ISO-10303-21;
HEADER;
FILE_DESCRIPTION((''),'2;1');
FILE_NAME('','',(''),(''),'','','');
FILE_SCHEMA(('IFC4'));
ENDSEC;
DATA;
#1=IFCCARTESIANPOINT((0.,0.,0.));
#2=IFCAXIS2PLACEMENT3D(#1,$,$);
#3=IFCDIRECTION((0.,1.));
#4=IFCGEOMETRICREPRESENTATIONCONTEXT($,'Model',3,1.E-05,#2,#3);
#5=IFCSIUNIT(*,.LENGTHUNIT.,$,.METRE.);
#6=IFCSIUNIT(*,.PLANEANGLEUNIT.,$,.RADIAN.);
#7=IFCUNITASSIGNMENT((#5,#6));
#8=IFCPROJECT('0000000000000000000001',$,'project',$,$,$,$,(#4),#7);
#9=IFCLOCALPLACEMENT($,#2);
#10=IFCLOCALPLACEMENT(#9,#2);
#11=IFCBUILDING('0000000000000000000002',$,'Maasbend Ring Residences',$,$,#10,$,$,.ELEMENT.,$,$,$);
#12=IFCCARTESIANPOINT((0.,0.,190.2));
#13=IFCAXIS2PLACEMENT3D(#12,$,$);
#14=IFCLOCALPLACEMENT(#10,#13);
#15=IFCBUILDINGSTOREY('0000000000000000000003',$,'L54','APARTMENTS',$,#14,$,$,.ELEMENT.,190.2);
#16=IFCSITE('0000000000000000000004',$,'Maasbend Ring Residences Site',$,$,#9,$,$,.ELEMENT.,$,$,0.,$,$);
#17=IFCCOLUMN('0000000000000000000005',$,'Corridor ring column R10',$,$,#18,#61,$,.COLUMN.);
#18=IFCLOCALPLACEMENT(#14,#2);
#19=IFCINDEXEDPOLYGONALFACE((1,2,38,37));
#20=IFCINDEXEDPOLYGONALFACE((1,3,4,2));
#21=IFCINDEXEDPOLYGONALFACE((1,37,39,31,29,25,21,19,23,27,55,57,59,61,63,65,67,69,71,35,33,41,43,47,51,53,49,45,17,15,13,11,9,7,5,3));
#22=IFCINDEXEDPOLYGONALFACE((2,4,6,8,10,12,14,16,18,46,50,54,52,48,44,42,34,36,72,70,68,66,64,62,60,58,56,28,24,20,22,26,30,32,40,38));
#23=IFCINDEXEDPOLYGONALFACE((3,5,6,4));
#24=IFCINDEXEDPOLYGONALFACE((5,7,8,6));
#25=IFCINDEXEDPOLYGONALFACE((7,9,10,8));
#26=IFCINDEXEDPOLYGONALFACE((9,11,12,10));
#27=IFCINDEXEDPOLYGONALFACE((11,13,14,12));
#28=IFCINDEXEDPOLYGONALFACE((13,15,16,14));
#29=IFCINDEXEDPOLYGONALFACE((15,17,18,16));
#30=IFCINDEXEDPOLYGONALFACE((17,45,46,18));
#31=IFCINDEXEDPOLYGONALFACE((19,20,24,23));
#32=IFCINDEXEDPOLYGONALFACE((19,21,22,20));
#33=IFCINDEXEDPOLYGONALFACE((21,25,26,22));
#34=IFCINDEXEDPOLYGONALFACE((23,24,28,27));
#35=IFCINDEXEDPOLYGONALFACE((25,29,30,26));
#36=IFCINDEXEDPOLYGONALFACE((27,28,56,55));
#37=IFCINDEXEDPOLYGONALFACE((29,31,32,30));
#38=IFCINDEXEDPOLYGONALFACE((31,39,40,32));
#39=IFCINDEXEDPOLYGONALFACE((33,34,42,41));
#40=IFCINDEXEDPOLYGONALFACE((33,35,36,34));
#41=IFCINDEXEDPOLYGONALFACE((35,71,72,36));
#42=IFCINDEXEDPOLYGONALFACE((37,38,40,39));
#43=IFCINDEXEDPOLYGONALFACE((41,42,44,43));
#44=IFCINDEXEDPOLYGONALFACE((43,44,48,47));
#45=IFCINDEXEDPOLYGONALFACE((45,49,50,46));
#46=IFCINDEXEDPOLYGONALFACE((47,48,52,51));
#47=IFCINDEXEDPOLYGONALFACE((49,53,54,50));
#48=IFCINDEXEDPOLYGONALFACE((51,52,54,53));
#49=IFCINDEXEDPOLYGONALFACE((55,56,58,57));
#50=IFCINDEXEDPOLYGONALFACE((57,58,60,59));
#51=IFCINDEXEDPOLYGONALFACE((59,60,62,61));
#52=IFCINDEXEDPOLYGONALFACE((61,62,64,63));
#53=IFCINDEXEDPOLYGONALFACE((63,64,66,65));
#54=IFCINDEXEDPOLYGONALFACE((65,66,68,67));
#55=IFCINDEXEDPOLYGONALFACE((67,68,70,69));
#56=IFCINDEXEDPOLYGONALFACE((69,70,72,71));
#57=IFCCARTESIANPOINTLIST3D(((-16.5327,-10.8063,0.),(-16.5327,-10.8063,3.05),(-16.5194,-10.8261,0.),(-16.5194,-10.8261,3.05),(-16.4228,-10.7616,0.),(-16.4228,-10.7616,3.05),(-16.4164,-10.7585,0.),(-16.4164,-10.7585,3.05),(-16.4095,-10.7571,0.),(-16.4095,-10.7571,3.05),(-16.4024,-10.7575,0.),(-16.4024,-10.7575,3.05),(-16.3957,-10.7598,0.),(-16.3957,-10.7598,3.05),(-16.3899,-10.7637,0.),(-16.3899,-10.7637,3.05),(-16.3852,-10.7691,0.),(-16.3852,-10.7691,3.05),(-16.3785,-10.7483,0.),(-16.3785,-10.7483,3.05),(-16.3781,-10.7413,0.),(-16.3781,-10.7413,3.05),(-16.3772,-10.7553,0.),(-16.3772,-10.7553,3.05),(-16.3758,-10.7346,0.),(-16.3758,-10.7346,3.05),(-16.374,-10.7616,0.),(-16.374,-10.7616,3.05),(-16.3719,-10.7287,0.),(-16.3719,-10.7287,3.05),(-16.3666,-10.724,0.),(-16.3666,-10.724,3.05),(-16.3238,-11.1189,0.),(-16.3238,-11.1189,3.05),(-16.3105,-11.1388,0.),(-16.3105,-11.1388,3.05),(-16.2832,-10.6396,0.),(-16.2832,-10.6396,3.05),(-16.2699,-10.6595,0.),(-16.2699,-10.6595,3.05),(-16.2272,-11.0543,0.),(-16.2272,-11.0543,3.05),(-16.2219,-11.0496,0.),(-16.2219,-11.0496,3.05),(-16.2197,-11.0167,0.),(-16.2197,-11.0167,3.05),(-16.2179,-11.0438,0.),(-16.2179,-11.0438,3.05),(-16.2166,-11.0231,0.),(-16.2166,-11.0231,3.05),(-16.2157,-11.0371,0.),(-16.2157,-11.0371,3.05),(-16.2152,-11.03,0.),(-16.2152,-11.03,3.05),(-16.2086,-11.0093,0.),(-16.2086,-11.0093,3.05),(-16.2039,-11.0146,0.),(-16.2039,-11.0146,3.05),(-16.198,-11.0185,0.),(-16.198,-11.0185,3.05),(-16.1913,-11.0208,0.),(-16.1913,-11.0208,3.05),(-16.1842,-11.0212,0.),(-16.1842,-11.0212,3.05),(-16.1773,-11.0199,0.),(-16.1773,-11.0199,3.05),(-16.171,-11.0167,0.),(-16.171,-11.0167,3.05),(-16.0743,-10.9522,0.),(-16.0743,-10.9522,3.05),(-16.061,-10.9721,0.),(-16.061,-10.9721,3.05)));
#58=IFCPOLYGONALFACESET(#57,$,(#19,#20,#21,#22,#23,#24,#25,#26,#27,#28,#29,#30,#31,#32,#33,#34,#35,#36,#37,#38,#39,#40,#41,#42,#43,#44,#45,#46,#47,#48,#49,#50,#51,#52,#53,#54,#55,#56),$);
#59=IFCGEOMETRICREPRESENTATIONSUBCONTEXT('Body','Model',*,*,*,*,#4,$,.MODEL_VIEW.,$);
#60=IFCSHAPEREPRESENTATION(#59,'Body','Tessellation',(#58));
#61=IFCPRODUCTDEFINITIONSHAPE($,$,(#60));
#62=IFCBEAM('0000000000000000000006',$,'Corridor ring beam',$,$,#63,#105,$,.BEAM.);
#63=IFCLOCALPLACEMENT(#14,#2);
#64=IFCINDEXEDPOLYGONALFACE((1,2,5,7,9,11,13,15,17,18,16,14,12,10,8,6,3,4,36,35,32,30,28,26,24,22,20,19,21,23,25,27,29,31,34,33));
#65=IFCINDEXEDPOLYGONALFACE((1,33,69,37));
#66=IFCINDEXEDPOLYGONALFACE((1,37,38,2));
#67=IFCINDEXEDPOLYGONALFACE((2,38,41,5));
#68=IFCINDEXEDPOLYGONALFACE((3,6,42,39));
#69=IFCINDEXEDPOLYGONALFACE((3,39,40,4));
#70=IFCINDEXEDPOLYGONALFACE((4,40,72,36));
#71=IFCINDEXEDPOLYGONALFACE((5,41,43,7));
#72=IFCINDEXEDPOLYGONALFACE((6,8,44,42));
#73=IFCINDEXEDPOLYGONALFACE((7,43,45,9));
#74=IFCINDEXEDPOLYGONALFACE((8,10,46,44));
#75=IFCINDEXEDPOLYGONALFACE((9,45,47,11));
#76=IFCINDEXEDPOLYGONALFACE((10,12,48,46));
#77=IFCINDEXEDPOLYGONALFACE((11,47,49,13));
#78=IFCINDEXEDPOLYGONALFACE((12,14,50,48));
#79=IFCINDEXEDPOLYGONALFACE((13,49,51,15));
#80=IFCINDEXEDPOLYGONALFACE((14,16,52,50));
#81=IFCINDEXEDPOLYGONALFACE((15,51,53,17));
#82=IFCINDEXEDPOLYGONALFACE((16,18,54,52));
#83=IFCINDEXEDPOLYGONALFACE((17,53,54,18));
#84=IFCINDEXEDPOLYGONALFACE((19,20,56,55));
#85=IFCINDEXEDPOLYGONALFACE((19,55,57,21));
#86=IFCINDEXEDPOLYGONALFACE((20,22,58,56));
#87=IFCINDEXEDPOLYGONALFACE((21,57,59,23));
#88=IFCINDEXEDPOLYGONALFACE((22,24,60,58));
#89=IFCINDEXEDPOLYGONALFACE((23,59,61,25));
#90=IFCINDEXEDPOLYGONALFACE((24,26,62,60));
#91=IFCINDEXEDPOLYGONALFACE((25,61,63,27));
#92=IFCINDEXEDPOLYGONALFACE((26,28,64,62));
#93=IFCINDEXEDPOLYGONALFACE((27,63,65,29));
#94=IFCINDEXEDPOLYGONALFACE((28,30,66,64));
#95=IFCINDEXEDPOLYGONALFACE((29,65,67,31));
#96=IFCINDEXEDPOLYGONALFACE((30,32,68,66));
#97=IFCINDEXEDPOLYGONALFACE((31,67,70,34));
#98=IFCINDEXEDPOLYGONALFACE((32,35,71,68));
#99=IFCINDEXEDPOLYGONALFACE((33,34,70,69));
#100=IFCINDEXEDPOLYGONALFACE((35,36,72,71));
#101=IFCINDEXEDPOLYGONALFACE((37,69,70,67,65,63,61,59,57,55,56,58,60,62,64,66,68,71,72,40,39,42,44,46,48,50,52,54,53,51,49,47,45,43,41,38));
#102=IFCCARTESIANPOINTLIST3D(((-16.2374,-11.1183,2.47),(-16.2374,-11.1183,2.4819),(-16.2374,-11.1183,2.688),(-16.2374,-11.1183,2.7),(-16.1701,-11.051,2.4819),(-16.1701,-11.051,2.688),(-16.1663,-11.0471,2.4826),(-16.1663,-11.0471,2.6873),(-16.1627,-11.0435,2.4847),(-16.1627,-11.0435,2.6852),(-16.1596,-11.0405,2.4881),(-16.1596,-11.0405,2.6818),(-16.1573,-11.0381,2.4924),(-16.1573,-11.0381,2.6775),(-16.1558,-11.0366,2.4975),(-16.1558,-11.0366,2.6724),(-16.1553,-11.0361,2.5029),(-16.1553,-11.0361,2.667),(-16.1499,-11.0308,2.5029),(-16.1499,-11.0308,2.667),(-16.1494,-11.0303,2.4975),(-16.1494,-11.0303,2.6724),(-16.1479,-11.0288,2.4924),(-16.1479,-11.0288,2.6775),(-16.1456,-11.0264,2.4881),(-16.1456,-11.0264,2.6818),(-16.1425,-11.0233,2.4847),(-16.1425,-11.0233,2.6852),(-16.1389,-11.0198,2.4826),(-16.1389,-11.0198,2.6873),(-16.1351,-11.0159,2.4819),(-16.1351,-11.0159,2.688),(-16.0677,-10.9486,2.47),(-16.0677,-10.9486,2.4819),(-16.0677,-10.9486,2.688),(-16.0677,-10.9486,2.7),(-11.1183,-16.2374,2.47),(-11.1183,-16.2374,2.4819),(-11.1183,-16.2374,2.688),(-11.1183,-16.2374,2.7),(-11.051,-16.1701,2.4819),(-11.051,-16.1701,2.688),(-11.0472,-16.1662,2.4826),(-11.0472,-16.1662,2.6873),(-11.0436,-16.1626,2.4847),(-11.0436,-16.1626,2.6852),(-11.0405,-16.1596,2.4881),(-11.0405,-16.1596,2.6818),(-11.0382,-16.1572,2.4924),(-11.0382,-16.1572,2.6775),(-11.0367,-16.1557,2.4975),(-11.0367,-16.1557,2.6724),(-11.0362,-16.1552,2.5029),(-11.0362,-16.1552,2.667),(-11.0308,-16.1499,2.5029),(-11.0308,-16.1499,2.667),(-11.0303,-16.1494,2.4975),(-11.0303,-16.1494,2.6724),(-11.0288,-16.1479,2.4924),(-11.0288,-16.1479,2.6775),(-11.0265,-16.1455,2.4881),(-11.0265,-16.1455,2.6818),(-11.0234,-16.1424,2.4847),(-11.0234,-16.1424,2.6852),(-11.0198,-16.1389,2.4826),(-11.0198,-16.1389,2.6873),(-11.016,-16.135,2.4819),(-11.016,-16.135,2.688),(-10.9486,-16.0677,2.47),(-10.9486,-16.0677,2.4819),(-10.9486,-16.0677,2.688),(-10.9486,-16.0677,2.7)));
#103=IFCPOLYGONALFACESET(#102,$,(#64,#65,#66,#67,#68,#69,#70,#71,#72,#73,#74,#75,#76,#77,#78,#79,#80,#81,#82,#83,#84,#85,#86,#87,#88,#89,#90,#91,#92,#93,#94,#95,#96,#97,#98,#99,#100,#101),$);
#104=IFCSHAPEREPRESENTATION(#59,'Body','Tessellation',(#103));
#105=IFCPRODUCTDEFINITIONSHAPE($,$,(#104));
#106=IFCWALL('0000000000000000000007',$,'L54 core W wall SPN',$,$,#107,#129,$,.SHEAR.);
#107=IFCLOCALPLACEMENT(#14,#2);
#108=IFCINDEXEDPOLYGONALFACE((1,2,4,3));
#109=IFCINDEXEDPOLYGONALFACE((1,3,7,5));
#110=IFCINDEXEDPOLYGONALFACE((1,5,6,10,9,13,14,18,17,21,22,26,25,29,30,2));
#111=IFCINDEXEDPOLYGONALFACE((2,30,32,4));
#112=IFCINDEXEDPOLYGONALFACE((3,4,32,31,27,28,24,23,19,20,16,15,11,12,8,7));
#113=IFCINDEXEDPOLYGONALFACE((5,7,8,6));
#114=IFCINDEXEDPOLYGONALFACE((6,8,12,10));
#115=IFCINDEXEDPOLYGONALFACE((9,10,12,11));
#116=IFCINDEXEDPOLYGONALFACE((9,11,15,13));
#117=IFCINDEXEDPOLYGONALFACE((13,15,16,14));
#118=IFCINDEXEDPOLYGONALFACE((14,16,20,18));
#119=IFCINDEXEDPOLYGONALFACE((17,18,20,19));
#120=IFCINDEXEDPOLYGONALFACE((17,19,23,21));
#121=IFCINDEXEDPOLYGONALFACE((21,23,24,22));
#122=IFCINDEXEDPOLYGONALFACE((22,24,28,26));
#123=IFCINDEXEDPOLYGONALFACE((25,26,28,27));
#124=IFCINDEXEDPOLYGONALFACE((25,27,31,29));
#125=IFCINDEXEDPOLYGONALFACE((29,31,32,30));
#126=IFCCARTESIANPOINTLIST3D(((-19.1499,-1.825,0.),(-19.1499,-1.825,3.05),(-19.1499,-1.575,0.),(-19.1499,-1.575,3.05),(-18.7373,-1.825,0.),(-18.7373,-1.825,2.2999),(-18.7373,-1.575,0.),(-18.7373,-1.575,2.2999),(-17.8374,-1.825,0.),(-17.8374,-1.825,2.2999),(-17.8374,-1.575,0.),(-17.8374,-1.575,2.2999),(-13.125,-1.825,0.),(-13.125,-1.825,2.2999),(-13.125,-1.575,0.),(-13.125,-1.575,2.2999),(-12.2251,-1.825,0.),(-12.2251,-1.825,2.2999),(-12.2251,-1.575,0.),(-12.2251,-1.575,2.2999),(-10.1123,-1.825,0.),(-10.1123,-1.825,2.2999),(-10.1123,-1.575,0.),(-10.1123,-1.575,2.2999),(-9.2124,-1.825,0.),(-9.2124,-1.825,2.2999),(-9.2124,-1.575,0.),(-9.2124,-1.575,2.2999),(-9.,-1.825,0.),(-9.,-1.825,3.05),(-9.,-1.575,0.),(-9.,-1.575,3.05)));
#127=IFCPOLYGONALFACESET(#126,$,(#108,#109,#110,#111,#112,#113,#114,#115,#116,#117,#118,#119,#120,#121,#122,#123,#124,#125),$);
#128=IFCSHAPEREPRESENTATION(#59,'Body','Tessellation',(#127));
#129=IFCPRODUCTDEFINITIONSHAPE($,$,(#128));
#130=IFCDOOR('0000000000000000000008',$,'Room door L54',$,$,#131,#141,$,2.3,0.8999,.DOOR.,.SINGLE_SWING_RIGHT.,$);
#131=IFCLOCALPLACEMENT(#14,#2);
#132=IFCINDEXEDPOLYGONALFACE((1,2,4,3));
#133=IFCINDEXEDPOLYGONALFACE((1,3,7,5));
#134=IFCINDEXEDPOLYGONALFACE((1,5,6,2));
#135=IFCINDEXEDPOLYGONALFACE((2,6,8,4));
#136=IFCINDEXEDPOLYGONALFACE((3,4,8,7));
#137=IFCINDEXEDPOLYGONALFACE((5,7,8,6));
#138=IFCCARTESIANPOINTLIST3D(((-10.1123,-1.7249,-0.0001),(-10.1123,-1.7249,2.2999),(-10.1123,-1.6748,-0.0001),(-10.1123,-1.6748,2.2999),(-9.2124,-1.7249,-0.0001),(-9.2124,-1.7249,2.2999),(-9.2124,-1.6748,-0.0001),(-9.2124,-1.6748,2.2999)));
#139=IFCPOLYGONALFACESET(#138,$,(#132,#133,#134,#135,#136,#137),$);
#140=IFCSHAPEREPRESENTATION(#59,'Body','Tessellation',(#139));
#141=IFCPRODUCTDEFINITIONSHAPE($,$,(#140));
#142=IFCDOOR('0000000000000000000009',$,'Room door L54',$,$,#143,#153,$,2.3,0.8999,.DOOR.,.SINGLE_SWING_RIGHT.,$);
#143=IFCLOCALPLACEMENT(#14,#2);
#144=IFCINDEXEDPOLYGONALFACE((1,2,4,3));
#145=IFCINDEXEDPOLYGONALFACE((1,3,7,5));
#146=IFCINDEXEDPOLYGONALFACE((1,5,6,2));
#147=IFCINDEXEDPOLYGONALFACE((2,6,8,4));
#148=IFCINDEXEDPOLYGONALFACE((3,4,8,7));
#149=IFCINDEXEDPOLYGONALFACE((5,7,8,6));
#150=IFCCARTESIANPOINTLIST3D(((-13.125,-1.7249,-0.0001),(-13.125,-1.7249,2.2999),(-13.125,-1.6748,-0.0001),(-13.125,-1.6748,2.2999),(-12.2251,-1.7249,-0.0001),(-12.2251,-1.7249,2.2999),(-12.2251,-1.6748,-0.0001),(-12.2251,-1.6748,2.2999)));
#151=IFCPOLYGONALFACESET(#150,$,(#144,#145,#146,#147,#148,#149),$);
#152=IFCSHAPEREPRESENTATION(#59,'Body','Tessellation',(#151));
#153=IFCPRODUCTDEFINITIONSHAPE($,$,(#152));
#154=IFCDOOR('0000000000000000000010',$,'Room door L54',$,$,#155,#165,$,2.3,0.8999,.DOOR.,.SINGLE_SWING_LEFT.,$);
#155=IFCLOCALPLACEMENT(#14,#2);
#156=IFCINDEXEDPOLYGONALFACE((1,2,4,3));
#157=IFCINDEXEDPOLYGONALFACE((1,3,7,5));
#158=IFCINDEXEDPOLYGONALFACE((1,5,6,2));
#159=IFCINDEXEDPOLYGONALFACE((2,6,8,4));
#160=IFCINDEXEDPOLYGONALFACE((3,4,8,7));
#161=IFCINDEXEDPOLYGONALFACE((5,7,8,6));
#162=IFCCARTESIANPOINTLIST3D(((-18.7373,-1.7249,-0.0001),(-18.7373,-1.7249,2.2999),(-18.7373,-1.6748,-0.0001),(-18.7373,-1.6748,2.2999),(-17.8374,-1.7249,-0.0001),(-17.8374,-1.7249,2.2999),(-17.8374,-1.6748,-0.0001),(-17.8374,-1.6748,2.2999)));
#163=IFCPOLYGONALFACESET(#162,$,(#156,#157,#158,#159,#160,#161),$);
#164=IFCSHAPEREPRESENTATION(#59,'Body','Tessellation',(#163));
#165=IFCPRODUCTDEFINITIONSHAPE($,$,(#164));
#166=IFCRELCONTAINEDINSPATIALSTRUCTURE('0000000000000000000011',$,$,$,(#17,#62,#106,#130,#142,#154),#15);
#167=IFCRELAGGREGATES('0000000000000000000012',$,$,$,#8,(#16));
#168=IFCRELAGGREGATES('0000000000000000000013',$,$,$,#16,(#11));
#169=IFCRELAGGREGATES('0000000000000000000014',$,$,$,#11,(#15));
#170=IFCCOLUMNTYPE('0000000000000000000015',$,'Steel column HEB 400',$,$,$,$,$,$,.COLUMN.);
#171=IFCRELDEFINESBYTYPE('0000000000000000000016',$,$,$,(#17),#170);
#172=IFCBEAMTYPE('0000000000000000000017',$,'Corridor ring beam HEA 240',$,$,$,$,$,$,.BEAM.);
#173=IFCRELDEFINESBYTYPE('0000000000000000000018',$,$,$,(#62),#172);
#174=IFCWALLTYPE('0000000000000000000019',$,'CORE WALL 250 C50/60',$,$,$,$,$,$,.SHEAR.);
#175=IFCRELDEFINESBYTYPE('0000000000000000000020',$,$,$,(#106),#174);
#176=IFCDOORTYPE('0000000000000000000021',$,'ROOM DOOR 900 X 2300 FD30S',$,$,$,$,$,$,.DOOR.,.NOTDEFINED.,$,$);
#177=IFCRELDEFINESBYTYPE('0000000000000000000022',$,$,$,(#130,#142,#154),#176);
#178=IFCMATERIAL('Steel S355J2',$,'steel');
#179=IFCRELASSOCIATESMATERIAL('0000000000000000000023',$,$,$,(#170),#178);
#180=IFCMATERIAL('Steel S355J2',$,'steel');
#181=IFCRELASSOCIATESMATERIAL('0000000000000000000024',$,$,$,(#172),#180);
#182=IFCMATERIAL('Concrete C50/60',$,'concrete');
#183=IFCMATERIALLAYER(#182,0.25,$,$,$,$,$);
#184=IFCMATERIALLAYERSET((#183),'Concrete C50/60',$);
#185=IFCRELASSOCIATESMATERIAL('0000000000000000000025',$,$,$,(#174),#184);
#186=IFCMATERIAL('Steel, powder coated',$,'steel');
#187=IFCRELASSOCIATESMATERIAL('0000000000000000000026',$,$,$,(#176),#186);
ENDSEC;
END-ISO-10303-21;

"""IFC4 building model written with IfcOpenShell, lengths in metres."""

from ifc_helpers import new_model, si_unit, direction, frame, frame_2d, origin, origin_2d, place, context, subcontext, project, spatial, rectangle, i_section, extrude, material, layer, layer_set, material_profile, profile_set, type_object, element, fill, save


model = new_model("IFC4")

# Units and contexts
model_context = context("Model", 3, precision=1e-05, world=origin(), true_north=direction((0.0, 1.0)))
body_context = subcontext(model_context, "Body", "Model", "MODEL_VIEW")
ifc_project = project(units=[si_unit("LENGTHUNIT", "METRE"), si_unit("PLANEANGLEUNIT", "RADIAN")], contexts=[model_context])

# Site, building, storey
site_placement = place(None, origin())
site = spatial("IfcSite", under=ifc_project, at=site_placement, Name="Maasbend Ring Residences Site", CompositionType="ELEMENT", RefElevation=0.0)
building_placement = place(site_placement, origin())
building = spatial("IfcBuilding", under=site, at=building_placement, Name="Maasbend Ring Residences", CompositionType="ELEMENT")
storey_placement = place(building_placement, frame((0.0, 0.0, 190.2)))
storey = spatial("IfcBuildingStorey", under=building, at=storey_placement, Name="L54", Description="APARTMENTS", CompositionType="ELEMENT", Elevation=190.2)

# Column
ifc_material_1 = material(Name="Steel S355J2", Category="steel")
ifc_material_profile_1 = material_profile(ifc_material_1, i_section(OverallWidth=0.3, OverallDepth=0.3999, WebThickness=0.0134, FlangeThickness=0.0239, FilletRadius=0.0271, at=origin_2d()), Name="HEB 400")
ifc_profile_set_1 = profile_set([ifc_material_profile_1], Name="Steel S355J2")
column_type = type_object("IfcColumnType", Name="Steel column HEB 400", PredefinedType="COLUMN", material=ifc_profile_set_1)
column_placement = place(storey_placement, frame((-16.2969, -10.8892, 0.0), z_axis=(0.0, 0.0, 1.0), x_axis=(-0.83147, -0.55557, 0.0)))
element("IfcColumn", 1, at=column_placement, inside=storey, type_object=column_type, Name="Corridor ring column R10", PredefinedType="COLUMN", context=body_context, shape_type="SweptSolid", body=[
    extrude(i_section(OverallWidth=0.3, OverallDepth=0.3999, WebThickness=0.0134, FlangeThickness=0.0239, FilletRadius=0.0271, at=origin_2d()), origin(), (0.0, 0.0, 1.0), 3.05),
])

# Beam
ifc_material_2 = material(Name="Steel S355J2", Category="steel")
ifc_material_profile_2 = material_profile(ifc_material_2, i_section(OverallWidth=0.24, OverallDepth=0.23, WebThickness=0.0076, FlangeThickness=0.012, FilletRadius=0.021, at=origin_2d()), Name="HEA 240")
ifc_profile_set_2 = profile_set([ifc_material_profile_2], Name="Steel S355J2")
beam_type = type_object("IfcBeamType", Name="Corridor ring beam HEA 240", PredefinedType="BEAM", material=ifc_profile_set_2)
beam_placement = place(storey_placement, frame((-16.1526, -11.0334, 2.585), z_axis=(0.707107, -0.707107, 0.0), x_axis=(0.707107, 0.707107, 0.0)))
element("IfcBeam", 2, at=beam_placement, inside=storey, type_object=beam_type, Name="Corridor ring beam", PredefinedType="BEAM", context=body_context, shape_type="SweptSolid", body=[
    extrude(i_section(OverallWidth=0.24, OverallDepth=0.23, WebThickness=0.0076, FlangeThickness=0.012, FilletRadius=0.021, at=origin_2d()), origin(), (0.0, 0.0, 1.0), 7.2395),
])

# Wall, openings, doors
ifc_material_3 = material(Name="Concrete C50/60", Category="concrete")
ifc_layer_1 = layer(ifc_material_3, 0.25)
ifc_layer_set_1 = layer_set([ifc_layer_1], Name="Concrete C50/60")
wall_type_1 = type_object("IfcWallType", Name="CORE WALL 250 C50/60", PredefinedType="SHEAR", material=ifc_layer_set_1)
wall_1_placement = place(storey_placement, frame((-9.0, -1.7, 0.0), z_axis=(0.0, 0.0, 1.0), x_axis=(-1.0, 0.0, 0.0)))
wall_1 = element("IfcWall", 3, at=wall_1_placement, inside=storey, type_object=wall_type_1, Name="L54 core W wall SPN", PredefinedType="SHEAR", context=body_context, shape_type="SweptSolid", body=[
    extrude(rectangle(XDim=10.1499, YDim=0.25, at=frame_2d((5.075, 0.0))), origin(), (0.0, 0.0, 1.0), 3.05),
])
opening_1_placement = place(wall_1_placement, frame((0.2124, 0.0, 0.0)))
opening_1 = element("IfcOpeningElement", 4, at=opening_1_placement, cuts=wall_1, PredefinedType="OPENING", context=body_context, shape_type="SweptSolid", body=[
    extrude(rectangle(XDim=0.8999, YDim=2.3, at=frame_2d((0.45, 1.1499))), frame((0.0, 0.135, 0.0), z_axis=(0.0, -1.0, 0.0), x_axis=(1.0, 0.0, 0.0)), (0.0, 0.0, 1.0), 0.27),
])
opening_2_placement = place(wall_1_placement, frame((3.2251, 0.0, 0.0)))
opening_2 = element("IfcOpeningElement", 5, at=opening_2_placement, cuts=wall_1, PredefinedType="OPENING", context=body_context, shape_type="SweptSolid", body=[
    extrude(rectangle(XDim=0.8999, YDim=2.3, at=frame_2d((0.45, 1.1499))), frame((0.0, 0.135, 0.0), z_axis=(0.0, -1.0, 0.0), x_axis=(1.0, 0.0, 0.0)), (0.0, 0.0, 1.0), 0.27),
])
opening_3_placement = place(wall_1_placement, frame((8.8374, 0.0, 0.0)))
opening_3 = element("IfcOpeningElement", 6, at=opening_3_placement, cuts=wall_1, PredefinedType="OPENING", context=body_context, shape_type="SweptSolid", body=[
    extrude(rectangle(XDim=0.8999, YDim=2.3, at=frame_2d((0.45, 1.1499))), frame((0.0, 0.135, 0.0), z_axis=(0.0, -1.0, 0.0), x_axis=(1.0, 0.0, 0.0)), (0.0, 0.0, 1.0), 0.27),
])
ifc_material_4 = material(Name="Steel, powder coated", Category="steel")
door_type_1 = type_object("IfcDoorType", Name="ROOM DOOR 900 X 2300 FD30S", OperationType="NOTDEFINED", PredefinedType="DOOR", material=ifc_material_4)
door_1_placement = place(opening_1_placement, origin())
door_1 = element("IfcDoor", 7, at=door_1_placement, inside=storey, type_object=door_type_1, Name="Room door L54", OperationType="SINGLE_SWING_RIGHT", OverallHeight=2.3, OverallWidth=0.8999, PredefinedType="DOOR", context=body_context, shape_type="SweptSolid", body=[
    extrude(rectangle(XDim=0.8999, YDim=2.3, at=frame_2d((0.45, 1.1499))), frame((0.0, 0.0249, 0.0), z_axis=(0.0, -1.0, 0.0), x_axis=(1.0, 0.0, 0.0)), (0.0, 0.0, 1.0), 0.05),
])
fill(opening_1, door_1)
door_2_placement = place(opening_2_placement, origin())
door_2 = element("IfcDoor", 8, at=door_2_placement, inside=storey, type_object=door_type_1, Name="Room door L54", OperationType="SINGLE_SWING_RIGHT", OverallHeight=2.3, OverallWidth=0.8999, PredefinedType="DOOR", context=body_context, shape_type="SweptSolid", body=[
    extrude(rectangle(XDim=0.8999, YDim=2.3, at=frame_2d((0.45, 1.1499))), frame((0.0, 0.0249, 0.0), z_axis=(0.0, -1.0, 0.0), x_axis=(1.0, 0.0, 0.0)), (0.0, 0.0, 1.0), 0.05),
])
fill(opening_2, door_2)
door_3_placement = place(opening_3_placement, origin())
door_3 = element("IfcDoor", 9, at=door_3_placement, inside=storey, type_object=door_type_1, Name="Room door L54", OperationType="SINGLE_SWING_LEFT", OverallHeight=2.3, OverallWidth=0.8999, PredefinedType="DOOR", context=body_context, shape_type="SweptSolid", body=[
    extrude(rectangle(XDim=0.8999, YDim=2.3, at=frame_2d((0.45, 1.1499))), frame((0.0, 0.0249, 0.0), z_axis=(0.0, -1.0, 0.0), x_axis=(1.0, 0.0, 0.0)), (0.0, 0.0, 1.0), 0.05),
])
fill(opening_3, door_3)

save(model, "model.ifc")
